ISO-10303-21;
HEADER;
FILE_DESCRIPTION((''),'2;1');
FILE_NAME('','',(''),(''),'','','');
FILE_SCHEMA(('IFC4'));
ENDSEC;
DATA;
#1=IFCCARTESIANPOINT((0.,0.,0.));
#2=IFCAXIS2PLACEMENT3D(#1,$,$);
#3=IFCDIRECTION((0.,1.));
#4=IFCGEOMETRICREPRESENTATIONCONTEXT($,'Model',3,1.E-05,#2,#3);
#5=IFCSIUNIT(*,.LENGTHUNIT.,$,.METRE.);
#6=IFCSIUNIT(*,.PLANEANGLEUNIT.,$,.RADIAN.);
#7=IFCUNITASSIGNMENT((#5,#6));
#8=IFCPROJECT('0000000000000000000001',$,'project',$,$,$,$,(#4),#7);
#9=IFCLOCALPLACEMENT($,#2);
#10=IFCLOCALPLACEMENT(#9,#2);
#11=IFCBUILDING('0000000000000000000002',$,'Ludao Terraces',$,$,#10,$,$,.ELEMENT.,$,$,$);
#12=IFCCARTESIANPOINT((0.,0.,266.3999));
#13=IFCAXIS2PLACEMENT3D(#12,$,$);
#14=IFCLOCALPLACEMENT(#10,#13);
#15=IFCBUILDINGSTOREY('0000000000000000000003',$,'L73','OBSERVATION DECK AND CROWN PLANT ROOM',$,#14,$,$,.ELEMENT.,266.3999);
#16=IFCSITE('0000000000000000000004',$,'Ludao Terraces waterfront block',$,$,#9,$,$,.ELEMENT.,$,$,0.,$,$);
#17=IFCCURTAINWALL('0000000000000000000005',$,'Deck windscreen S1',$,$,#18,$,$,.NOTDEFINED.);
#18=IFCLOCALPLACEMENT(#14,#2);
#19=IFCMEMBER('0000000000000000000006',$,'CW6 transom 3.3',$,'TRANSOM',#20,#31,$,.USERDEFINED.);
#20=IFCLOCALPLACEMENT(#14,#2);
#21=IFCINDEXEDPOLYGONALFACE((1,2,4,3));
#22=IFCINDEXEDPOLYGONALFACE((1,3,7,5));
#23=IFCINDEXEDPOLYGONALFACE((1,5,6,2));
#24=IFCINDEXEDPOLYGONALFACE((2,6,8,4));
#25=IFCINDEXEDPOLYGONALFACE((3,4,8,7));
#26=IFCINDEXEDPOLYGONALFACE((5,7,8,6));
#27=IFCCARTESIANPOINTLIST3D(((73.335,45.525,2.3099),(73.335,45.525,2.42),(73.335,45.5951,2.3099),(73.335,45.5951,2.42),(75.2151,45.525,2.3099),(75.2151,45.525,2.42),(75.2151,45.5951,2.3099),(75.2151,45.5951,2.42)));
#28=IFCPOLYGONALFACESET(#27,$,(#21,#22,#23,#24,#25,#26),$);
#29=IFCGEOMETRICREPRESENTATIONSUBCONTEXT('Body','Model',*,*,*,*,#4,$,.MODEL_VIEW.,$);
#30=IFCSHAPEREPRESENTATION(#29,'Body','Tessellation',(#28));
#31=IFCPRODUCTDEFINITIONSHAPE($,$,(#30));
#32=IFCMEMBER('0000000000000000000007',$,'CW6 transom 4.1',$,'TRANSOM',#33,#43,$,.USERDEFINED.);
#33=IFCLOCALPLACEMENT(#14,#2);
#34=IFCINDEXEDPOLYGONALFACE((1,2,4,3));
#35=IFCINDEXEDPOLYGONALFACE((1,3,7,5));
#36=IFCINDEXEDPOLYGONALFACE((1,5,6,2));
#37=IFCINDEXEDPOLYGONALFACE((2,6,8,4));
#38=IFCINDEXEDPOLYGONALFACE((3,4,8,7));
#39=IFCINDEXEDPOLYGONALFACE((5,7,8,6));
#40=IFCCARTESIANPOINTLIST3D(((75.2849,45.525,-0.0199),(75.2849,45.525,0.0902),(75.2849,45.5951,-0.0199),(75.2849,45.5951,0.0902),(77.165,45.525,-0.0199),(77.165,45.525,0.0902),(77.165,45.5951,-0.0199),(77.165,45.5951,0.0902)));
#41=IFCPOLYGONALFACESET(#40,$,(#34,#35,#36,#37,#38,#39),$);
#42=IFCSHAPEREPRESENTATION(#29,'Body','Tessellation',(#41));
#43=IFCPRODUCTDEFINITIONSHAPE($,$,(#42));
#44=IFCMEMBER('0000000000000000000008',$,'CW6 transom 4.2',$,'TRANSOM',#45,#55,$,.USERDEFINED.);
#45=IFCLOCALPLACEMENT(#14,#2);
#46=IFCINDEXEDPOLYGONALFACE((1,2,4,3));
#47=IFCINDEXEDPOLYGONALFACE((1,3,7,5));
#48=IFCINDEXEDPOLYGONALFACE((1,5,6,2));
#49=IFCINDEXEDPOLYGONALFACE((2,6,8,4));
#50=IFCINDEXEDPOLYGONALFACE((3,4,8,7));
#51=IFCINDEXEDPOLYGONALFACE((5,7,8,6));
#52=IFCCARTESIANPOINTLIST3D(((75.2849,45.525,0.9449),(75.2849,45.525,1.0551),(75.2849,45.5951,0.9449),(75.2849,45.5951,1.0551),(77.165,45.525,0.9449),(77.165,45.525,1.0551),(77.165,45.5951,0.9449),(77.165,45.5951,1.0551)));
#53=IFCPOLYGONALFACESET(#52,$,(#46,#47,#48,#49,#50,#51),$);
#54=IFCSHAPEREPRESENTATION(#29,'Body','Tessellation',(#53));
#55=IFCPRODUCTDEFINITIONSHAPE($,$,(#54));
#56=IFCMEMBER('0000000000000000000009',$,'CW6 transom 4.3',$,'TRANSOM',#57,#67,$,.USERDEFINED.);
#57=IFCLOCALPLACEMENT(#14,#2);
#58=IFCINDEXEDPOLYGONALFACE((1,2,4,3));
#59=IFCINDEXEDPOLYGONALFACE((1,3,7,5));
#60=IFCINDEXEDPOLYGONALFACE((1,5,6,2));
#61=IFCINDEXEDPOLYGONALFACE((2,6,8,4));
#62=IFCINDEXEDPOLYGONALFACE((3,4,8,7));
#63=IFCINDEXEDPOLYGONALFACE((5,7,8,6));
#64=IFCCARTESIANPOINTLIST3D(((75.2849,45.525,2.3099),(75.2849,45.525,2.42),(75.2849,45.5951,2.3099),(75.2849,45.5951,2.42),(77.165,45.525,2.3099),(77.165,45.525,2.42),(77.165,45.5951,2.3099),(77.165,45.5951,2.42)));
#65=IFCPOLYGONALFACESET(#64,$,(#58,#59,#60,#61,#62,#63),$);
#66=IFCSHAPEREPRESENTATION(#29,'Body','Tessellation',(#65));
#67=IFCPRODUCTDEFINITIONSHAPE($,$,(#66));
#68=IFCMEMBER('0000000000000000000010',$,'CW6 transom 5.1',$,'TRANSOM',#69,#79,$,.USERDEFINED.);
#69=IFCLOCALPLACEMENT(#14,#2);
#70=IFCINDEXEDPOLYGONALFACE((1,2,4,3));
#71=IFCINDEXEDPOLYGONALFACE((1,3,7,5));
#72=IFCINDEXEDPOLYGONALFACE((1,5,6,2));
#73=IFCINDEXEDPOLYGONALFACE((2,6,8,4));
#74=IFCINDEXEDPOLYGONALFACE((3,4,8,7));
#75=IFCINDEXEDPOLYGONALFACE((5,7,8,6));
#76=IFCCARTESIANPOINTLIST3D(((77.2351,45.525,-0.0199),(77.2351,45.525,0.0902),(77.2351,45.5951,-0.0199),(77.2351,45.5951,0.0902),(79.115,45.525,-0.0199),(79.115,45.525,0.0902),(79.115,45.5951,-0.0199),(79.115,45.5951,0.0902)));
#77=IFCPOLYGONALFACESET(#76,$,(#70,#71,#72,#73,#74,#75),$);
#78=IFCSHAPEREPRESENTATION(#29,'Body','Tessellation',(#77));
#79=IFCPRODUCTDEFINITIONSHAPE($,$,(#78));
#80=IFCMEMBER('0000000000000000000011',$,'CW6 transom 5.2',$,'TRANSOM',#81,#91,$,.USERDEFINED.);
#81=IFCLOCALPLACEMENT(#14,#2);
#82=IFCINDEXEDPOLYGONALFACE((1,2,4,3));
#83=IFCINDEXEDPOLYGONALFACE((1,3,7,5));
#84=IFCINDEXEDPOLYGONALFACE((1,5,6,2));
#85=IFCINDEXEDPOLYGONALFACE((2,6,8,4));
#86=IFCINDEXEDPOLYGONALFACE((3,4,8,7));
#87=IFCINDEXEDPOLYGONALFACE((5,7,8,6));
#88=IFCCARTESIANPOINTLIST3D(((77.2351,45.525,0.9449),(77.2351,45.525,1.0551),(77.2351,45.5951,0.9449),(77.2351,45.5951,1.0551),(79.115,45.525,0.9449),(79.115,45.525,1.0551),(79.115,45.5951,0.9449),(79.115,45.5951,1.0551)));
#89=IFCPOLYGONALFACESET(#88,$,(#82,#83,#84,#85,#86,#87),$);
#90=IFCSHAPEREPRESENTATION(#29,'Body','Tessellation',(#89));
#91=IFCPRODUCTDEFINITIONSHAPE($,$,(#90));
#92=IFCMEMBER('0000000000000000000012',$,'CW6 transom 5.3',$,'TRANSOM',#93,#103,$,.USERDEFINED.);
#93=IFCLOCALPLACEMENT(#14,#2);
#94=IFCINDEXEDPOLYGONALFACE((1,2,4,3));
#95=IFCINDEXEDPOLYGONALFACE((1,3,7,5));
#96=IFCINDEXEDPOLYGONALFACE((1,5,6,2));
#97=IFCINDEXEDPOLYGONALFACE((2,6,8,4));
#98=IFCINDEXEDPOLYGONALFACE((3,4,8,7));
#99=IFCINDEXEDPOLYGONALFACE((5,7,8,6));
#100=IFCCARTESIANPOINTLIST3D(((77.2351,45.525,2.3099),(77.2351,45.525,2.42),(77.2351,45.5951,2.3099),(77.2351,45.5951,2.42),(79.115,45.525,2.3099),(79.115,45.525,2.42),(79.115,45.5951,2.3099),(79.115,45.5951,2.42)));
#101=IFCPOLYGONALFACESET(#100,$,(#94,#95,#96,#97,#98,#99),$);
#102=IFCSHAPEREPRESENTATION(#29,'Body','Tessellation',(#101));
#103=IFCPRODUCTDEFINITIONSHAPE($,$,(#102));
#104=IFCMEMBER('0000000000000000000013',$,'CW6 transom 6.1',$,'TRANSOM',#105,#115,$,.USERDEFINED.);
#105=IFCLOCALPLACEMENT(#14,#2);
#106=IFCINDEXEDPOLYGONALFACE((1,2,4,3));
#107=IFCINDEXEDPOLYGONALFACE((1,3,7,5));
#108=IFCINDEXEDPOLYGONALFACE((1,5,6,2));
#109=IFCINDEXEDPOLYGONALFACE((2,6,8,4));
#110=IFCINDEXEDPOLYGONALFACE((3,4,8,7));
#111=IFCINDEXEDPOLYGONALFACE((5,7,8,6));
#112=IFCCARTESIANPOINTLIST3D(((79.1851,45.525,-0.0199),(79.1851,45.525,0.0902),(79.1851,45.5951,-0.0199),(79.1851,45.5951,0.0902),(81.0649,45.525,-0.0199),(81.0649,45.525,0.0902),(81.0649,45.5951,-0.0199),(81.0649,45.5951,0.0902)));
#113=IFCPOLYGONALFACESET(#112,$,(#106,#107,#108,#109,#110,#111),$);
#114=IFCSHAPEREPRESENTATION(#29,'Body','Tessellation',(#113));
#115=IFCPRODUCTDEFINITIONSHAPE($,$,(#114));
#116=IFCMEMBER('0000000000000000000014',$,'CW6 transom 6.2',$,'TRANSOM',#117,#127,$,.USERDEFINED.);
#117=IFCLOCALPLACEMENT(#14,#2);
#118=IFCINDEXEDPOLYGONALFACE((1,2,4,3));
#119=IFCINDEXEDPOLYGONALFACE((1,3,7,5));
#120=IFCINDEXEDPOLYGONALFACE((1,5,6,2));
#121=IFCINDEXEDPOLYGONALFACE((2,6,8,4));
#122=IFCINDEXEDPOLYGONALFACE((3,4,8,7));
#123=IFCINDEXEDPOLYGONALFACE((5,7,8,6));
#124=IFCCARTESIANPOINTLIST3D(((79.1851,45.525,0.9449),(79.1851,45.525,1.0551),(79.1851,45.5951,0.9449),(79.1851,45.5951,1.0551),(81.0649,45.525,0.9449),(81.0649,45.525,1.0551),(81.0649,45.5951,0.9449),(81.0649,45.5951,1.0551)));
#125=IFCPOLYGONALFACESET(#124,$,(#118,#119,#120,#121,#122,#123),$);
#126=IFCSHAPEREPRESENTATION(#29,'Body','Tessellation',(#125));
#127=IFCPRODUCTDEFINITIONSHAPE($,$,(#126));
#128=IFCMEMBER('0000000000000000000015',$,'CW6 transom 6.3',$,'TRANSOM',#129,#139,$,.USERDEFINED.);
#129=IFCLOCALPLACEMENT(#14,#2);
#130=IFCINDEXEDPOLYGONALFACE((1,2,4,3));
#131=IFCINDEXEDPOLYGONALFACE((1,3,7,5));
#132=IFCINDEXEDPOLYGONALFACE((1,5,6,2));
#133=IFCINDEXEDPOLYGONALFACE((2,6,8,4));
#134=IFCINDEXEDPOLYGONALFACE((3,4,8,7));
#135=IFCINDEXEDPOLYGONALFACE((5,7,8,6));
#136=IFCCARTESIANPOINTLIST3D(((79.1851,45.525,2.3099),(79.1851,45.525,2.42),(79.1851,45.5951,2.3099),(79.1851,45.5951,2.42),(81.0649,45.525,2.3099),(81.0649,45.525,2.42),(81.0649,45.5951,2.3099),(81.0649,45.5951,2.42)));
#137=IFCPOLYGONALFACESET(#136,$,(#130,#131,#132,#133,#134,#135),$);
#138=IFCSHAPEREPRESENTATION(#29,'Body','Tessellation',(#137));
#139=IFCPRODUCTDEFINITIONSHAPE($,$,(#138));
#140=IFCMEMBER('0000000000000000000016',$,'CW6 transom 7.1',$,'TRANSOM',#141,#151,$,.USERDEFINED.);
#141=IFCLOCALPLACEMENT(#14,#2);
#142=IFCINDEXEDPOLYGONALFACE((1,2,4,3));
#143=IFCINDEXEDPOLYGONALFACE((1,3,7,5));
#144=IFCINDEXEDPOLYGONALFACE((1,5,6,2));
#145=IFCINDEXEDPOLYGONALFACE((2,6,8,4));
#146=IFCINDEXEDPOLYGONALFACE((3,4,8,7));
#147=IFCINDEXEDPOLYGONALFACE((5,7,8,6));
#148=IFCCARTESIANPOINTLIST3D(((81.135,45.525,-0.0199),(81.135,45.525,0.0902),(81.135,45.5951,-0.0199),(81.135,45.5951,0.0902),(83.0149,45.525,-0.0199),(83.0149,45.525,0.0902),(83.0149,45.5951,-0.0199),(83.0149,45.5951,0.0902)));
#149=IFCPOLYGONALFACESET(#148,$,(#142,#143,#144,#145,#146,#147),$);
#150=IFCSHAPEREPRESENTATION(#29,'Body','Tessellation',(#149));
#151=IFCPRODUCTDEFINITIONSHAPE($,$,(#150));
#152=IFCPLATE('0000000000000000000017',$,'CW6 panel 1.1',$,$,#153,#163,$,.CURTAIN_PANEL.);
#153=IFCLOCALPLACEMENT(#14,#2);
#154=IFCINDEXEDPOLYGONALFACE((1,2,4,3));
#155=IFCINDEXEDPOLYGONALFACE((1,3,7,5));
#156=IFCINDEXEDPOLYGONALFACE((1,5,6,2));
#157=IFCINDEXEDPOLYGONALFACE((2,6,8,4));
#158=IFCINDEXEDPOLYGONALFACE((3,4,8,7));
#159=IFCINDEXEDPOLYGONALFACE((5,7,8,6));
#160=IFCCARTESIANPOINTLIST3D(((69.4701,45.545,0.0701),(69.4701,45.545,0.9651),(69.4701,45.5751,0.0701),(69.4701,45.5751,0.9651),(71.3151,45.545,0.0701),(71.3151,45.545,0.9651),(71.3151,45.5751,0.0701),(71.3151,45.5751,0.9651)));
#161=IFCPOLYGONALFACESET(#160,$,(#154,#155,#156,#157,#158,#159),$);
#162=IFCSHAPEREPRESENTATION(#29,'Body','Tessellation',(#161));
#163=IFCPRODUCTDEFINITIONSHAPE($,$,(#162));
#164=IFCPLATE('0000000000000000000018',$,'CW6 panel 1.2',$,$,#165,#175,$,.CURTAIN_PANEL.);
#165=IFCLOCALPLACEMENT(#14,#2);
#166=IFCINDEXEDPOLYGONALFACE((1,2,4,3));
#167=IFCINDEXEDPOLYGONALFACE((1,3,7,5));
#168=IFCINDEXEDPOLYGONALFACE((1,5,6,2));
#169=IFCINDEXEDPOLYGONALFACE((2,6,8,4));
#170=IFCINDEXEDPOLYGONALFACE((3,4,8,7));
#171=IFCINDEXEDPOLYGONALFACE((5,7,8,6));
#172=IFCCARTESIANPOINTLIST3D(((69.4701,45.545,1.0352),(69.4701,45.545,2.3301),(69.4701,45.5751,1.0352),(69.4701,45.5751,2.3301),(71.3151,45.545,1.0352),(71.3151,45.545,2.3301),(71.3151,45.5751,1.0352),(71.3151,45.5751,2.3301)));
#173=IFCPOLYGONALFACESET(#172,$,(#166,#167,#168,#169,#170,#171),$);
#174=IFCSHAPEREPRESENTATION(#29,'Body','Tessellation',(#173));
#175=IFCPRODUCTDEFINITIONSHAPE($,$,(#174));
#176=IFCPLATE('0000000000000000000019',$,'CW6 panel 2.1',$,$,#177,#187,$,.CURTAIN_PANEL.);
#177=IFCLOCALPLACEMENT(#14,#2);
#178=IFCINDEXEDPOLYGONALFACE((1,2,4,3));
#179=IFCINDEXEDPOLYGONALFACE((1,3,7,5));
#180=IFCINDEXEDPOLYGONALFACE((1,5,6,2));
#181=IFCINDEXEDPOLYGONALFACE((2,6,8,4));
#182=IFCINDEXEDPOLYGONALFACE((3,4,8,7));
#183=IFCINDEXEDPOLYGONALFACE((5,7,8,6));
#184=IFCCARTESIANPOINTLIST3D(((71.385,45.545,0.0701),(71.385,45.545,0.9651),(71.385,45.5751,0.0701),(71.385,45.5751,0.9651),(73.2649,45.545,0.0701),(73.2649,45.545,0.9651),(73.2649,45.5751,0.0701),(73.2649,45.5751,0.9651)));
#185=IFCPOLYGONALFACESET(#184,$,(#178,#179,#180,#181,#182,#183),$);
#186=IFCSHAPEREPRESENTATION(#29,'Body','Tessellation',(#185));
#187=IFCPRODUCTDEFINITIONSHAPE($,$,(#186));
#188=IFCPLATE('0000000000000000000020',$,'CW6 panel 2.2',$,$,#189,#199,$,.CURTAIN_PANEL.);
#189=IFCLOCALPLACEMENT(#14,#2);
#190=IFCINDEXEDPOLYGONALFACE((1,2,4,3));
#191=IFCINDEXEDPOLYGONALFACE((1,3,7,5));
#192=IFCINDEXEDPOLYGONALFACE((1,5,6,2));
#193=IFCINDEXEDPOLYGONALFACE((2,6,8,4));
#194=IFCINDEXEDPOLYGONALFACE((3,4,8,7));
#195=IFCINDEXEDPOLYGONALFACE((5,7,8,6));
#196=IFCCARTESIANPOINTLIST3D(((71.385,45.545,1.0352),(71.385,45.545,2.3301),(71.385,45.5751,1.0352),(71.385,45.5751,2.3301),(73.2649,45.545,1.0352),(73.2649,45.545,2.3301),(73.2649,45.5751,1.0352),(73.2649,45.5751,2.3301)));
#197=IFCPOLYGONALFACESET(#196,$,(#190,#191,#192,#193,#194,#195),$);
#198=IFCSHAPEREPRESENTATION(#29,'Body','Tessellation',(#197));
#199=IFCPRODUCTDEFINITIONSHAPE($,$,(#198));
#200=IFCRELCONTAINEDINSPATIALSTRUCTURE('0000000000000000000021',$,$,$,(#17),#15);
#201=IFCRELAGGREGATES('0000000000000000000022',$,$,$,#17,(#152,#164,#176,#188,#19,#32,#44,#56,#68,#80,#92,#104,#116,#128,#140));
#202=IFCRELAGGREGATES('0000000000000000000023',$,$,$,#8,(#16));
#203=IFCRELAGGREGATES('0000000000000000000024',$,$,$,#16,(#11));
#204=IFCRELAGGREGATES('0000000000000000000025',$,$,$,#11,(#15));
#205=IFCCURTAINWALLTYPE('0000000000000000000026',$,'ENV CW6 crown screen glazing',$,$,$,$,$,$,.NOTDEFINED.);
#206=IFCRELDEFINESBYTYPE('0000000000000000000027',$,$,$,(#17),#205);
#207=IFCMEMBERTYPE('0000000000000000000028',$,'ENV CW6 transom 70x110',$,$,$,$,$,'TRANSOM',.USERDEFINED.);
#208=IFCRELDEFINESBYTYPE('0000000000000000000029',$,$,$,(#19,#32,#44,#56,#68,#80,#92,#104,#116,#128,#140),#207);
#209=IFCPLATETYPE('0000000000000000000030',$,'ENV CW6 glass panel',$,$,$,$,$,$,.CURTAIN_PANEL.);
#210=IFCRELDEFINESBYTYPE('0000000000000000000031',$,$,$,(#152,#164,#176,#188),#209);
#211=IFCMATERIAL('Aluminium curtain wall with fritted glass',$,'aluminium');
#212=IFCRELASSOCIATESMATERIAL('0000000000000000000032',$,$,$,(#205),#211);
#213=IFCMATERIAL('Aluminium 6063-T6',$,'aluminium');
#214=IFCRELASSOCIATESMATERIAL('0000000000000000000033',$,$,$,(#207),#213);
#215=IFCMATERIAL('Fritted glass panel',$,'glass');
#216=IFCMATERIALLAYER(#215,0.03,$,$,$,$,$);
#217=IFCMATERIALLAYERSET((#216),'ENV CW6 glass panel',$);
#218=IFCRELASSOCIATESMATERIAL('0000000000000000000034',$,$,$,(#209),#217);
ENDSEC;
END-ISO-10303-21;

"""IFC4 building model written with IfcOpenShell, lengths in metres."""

from ifc_helpers import new_model, si_unit, direction, frame, origin, origin_2d, place, context, subcontext, project, spatial, rectangle, extrude, material, layer, layer_set, material_profile, profile_set, type_object, element, aggregate, save


model = new_model("IFC4")

# Units and contexts
model_context = context("Model", 3, precision=1e-05, world=origin(), true_north=direction((0.0, 1.0)))
body_context = subcontext(model_context, "Body", "Model", "MODEL_VIEW")
ifc_project = project(units=[si_unit("LENGTHUNIT", "METRE"), si_unit("PLANEANGLEUNIT", "RADIAN")], contexts=[model_context])

# Site, building, storey
site_placement = place(None, origin())
site = spatial("IfcSite", under=ifc_project, at=site_placement, Name="Ludao Terraces waterfront block", CompositionType="ELEMENT", RefElevation=0.0)
building_placement = place(site_placement, origin())
building = spatial("IfcBuilding", under=site, at=building_placement, Name="Ludao Terraces", CompositionType="ELEMENT")
storey_placement = place(building_placement, frame((0.0, 0.0, 266.3999)))
storey = spatial("IfcBuildingStorey", under=building, at=storey_placement, Name="L73", Description="OBSERVATION DECK AND CROWN PLANT ROOM", CompositionType="ELEMENT", Elevation=266.3999)

# Curtain wall, members, plates
ifc_material_1 = material(Name="Aluminium curtain wall with fritted glass", Category="aluminium")
curtain_wall_type = type_object("IfcCurtainWallType", Name="ENV CW6 crown screen glazing", PredefinedType="NOTDEFINED", material=ifc_material_1)
curtain_wall_placement = place(storey_placement, origin())
curtain_wall = element("IfcCurtainWall", 1, at=curtain_wall_placement, inside=storey, type_object=curtain_wall_type, Name="Deck windscreen S1", PredefinedType="NOTDEFINED")
ifc_material_2 = material(Name="Aluminium 6063-T6", Category="aluminium")
ifc_material_profile_1 = material_profile(ifc_material_2, rectangle(XDim=0.0701, YDim=0.1101, at=origin_2d()), Name="70 X 110")
ifc_profile_set_1 = profile_set([ifc_material_profile_1], Name="Aluminium 6063-T6")
member_type_1 = type_object("IfcMemberType", Name="ENV CW6 transom 70x110", ElementType="TRANSOM", PredefinedType="USERDEFINED", material=ifc_profile_set_1)
member_1_placement = place(storey_placement, frame((73.335, 45.5601, 2.365), z_axis=(1.0, 0.0, 0.0), x_axis=(0.0, 1.0, 0.0)))
member_1 = element("IfcMember", 2, at=member_1_placement, type_object=member_type_1, Name="CW6 transom 3.3", ObjectType="TRANSOM", PredefinedType="USERDEFINED", context=body_context, shape_type="SweptSolid", body=[
    extrude(rectangle(XDim=0.0701, YDim=0.1101, at=origin_2d()), origin(), (0.0, 0.0, 1.0), 1.8801),
])
member_2_placement = place(storey_placement, frame((75.2849, 45.5601, 0.0352), z_axis=(1.0, 0.0, 0.0), x_axis=(0.0, 1.0, 0.0)))
member_2 = element("IfcMember", 3, at=member_2_placement, type_object=member_type_1, Name="CW6 transom 4.1", ObjectType="TRANSOM", PredefinedType="USERDEFINED", context=body_context, shape_type="SweptSolid", body=[
    extrude(rectangle(XDim=0.0701, YDim=0.1101, at=origin_2d()), origin(), (0.0, 0.0, 1.0), 1.8801),
])
member_3_placement = place(storey_placement, frame((75.2849, 45.5601, 1.0), z_axis=(1.0, 0.0, 0.0), x_axis=(0.0, 1.0, 0.0)))
member_3 = element("IfcMember", 4, at=member_3_placement, type_object=member_type_1, Name="CW6 transom 4.2", ObjectType="TRANSOM", PredefinedType="USERDEFINED", context=body_context, shape_type="SweptSolid", body=[
    extrude(rectangle(XDim=0.0701, YDim=0.1101, at=origin_2d()), origin(), (0.0, 0.0, 1.0), 1.8801),
])
member_4_placement = place(storey_placement, frame((75.2849, 45.5601, 2.365), z_axis=(1.0, 0.0, 0.0), x_axis=(0.0, 1.0, 0.0)))
member_4 = element("IfcMember", 5, at=member_4_placement, type_object=member_type_1, Name="CW6 transom 4.3", ObjectType="TRANSOM", PredefinedType="USERDEFINED", context=body_context, shape_type="SweptSolid", body=[
    extrude(rectangle(XDim=0.0701, YDim=0.1101, at=origin_2d()), origin(), (0.0, 0.0, 1.0), 1.8801),
])
member_5_placement = place(storey_placement, frame((77.2351, 45.5601, 0.0352), z_axis=(1.0, 0.0, 0.0), x_axis=(0.0, 1.0, 0.0)))
member_5 = element("IfcMember", 6, at=member_5_placement, type_object=member_type_1, Name="CW6 transom 5.1", ObjectType="TRANSOM", PredefinedType="USERDEFINED", context=body_context, shape_type="SweptSolid", body=[
    extrude(rectangle(XDim=0.0701, YDim=0.1101, at=origin_2d()), origin(), (0.0, 0.0, 1.0), 1.8799),
])
member_6_placement = place(storey_placement, frame((77.2351, 45.5601, 1.0), z_axis=(1.0, 0.0, 0.0), x_axis=(0.0, 1.0, 0.0)))
member_6 = element("IfcMember", 7, at=member_6_placement, type_object=member_type_1, Name="CW6 transom 5.2", ObjectType="TRANSOM", PredefinedType="USERDEFINED", context=body_context, shape_type="SweptSolid", body=[
    extrude(rectangle(XDim=0.0701, YDim=0.1101, at=origin_2d()), origin(), (0.0, 0.0, 1.0), 1.8799),
])
member_7_placement = place(storey_placement, frame((77.2351, 45.5601, 2.365), z_axis=(1.0, 0.0, 0.0), x_axis=(0.0, 1.0, 0.0)))
member_7 = element("IfcMember", 8, at=member_7_placement, type_object=member_type_1, Name="CW6 transom 5.3", ObjectType="TRANSOM", PredefinedType="USERDEFINED", context=body_context, shape_type="SweptSolid", body=[
    extrude(rectangle(XDim=0.0701, YDim=0.1101, at=origin_2d()), origin(), (0.0, 0.0, 1.0), 1.8799),
])
member_8_placement = place(storey_placement, frame((79.1851, 45.5601, 0.0352), z_axis=(1.0, 0.0, 0.0), x_axis=(0.0, 1.0, 0.0)))
member_8 = element("IfcMember", 9, at=member_8_placement, type_object=member_type_1, Name="CW6 transom 6.1", ObjectType="TRANSOM", PredefinedType="USERDEFINED", context=body_context, shape_type="SweptSolid", body=[
    extrude(rectangle(XDim=0.0701, YDim=0.1101, at=origin_2d()), origin(), (0.0, 0.0, 1.0), 1.8799),
])
member_9_placement = place(storey_placement, frame((79.1851, 45.5601, 1.0), z_axis=(1.0, 0.0, 0.0), x_axis=(0.0, 1.0, 0.0)))
member_9 = element("IfcMember", 10, at=member_9_placement, type_object=member_type_1, Name="CW6 transom 6.2", ObjectType="TRANSOM", PredefinedType="USERDEFINED", context=body_context, shape_type="SweptSolid", body=[
    extrude(rectangle(XDim=0.0701, YDim=0.1101, at=origin_2d()), origin(), (0.0, 0.0, 1.0), 1.8799),
])
member_10_placement = place(storey_placement, frame((79.1851, 45.5601, 2.365), z_axis=(1.0, 0.0, 0.0), x_axis=(0.0, 1.0, 0.0)))
member_10 = element("IfcMember", 11, at=member_10_placement, type_object=member_type_1, Name="CW6 transom 6.3", ObjectType="TRANSOM", PredefinedType="USERDEFINED", context=body_context, shape_type="SweptSolid", body=[
    extrude(rectangle(XDim=0.0701, YDim=0.1101, at=origin_2d()), origin(), (0.0, 0.0, 1.0), 1.8799),
])
member_11_placement = place(storey_placement, frame((81.135, 45.5601, 0.0352), z_axis=(1.0, 0.0, 0.0), x_axis=(0.0, 1.0, 0.0)))
member_11 = element("IfcMember", 12, at=member_11_placement, type_object=member_type_1, Name="CW6 transom 7.1", ObjectType="TRANSOM", PredefinedType="USERDEFINED", context=body_context, shape_type="SweptSolid", body=[
    extrude(rectangle(XDim=0.0701, YDim=0.1101, at=origin_2d()), origin(), (0.0, 0.0, 1.0), 1.8799),
])
ifc_material_3 = material(Name="Fritted glass panel", Category="glass")
ifc_layer = layer(ifc_material_3, 0.03)
ifc_layer_set = layer_set([ifc_layer], Name="ENV CW6 glass panel")
plate_type = type_object("IfcPlateType", Name="ENV CW6 glass panel", PredefinedType="CURTAIN_PANEL", material=ifc_layer_set)
plate_1_placement = place(storey_placement, frame((70.3926, 45.5601, 0.0701), z_axis=(0.0, 0.0, 1.0), x_axis=(1.0, 0.0, 0.0)))
plate_1 = element("IfcPlate", 13, at=plate_1_placement, type_object=plate_type, Name="CW6 panel 1.1", PredefinedType="CURTAIN_PANEL", context=body_context, shape_type="SweptSolid", body=[
    extrude(rectangle(XDim=1.845, YDim=0.03, at=origin_2d()), origin(), (0.0, 0.0, 1.0), 0.895),
])
plate_2_placement = place(storey_placement, frame((70.3926, 45.5601, 1.0352), z_axis=(0.0, 0.0, 1.0), x_axis=(1.0, 0.0, 0.0)))
plate_2 = element("IfcPlate", 14, at=plate_2_placement, type_object=plate_type, Name="CW6 panel 1.2", PredefinedType="CURTAIN_PANEL", context=body_context, shape_type="SweptSolid", body=[
    extrude(rectangle(XDim=1.845, YDim=0.03, at=origin_2d()), origin(), (0.0, 0.0, 1.0), 1.2949),
])
plate_3_placement = place(storey_placement, frame((72.325, 45.5601, 0.0701), z_axis=(0.0, 0.0, 1.0), x_axis=(1.0, 0.0, 0.0)))
plate_3 = element("IfcPlate", 15, at=plate_3_placement, type_object=plate_type, Name="CW6 panel 2.1", PredefinedType="CURTAIN_PANEL", context=body_context, shape_type="SweptSolid", body=[
    extrude(rectangle(XDim=1.8799, YDim=0.03, at=origin_2d()), origin(), (0.0, 0.0, 1.0), 0.895),
])
plate_4_placement = place(storey_placement, frame((72.325, 45.5601, 1.0352), z_axis=(0.0, 0.0, 1.0), x_axis=(1.0, 0.0, 0.0)))
plate_4 = element("IfcPlate", 16, at=plate_4_placement, type_object=plate_type, Name="CW6 panel 2.2", PredefinedType="CURTAIN_PANEL", context=body_context, shape_type="SweptSolid", body=[
    extrude(rectangle(XDim=1.8799, YDim=0.03, at=origin_2d()), origin(), (0.0, 0.0, 1.0), 1.2949),
])
aggregate(curtain_wall, [plate_1, plate_2, plate_3, plate_4, member_1, member_2, member_3, member_4, member_5, member_6, member_7, member_8, member_9, member_10, member_11])

save(model, "model.ifc")
